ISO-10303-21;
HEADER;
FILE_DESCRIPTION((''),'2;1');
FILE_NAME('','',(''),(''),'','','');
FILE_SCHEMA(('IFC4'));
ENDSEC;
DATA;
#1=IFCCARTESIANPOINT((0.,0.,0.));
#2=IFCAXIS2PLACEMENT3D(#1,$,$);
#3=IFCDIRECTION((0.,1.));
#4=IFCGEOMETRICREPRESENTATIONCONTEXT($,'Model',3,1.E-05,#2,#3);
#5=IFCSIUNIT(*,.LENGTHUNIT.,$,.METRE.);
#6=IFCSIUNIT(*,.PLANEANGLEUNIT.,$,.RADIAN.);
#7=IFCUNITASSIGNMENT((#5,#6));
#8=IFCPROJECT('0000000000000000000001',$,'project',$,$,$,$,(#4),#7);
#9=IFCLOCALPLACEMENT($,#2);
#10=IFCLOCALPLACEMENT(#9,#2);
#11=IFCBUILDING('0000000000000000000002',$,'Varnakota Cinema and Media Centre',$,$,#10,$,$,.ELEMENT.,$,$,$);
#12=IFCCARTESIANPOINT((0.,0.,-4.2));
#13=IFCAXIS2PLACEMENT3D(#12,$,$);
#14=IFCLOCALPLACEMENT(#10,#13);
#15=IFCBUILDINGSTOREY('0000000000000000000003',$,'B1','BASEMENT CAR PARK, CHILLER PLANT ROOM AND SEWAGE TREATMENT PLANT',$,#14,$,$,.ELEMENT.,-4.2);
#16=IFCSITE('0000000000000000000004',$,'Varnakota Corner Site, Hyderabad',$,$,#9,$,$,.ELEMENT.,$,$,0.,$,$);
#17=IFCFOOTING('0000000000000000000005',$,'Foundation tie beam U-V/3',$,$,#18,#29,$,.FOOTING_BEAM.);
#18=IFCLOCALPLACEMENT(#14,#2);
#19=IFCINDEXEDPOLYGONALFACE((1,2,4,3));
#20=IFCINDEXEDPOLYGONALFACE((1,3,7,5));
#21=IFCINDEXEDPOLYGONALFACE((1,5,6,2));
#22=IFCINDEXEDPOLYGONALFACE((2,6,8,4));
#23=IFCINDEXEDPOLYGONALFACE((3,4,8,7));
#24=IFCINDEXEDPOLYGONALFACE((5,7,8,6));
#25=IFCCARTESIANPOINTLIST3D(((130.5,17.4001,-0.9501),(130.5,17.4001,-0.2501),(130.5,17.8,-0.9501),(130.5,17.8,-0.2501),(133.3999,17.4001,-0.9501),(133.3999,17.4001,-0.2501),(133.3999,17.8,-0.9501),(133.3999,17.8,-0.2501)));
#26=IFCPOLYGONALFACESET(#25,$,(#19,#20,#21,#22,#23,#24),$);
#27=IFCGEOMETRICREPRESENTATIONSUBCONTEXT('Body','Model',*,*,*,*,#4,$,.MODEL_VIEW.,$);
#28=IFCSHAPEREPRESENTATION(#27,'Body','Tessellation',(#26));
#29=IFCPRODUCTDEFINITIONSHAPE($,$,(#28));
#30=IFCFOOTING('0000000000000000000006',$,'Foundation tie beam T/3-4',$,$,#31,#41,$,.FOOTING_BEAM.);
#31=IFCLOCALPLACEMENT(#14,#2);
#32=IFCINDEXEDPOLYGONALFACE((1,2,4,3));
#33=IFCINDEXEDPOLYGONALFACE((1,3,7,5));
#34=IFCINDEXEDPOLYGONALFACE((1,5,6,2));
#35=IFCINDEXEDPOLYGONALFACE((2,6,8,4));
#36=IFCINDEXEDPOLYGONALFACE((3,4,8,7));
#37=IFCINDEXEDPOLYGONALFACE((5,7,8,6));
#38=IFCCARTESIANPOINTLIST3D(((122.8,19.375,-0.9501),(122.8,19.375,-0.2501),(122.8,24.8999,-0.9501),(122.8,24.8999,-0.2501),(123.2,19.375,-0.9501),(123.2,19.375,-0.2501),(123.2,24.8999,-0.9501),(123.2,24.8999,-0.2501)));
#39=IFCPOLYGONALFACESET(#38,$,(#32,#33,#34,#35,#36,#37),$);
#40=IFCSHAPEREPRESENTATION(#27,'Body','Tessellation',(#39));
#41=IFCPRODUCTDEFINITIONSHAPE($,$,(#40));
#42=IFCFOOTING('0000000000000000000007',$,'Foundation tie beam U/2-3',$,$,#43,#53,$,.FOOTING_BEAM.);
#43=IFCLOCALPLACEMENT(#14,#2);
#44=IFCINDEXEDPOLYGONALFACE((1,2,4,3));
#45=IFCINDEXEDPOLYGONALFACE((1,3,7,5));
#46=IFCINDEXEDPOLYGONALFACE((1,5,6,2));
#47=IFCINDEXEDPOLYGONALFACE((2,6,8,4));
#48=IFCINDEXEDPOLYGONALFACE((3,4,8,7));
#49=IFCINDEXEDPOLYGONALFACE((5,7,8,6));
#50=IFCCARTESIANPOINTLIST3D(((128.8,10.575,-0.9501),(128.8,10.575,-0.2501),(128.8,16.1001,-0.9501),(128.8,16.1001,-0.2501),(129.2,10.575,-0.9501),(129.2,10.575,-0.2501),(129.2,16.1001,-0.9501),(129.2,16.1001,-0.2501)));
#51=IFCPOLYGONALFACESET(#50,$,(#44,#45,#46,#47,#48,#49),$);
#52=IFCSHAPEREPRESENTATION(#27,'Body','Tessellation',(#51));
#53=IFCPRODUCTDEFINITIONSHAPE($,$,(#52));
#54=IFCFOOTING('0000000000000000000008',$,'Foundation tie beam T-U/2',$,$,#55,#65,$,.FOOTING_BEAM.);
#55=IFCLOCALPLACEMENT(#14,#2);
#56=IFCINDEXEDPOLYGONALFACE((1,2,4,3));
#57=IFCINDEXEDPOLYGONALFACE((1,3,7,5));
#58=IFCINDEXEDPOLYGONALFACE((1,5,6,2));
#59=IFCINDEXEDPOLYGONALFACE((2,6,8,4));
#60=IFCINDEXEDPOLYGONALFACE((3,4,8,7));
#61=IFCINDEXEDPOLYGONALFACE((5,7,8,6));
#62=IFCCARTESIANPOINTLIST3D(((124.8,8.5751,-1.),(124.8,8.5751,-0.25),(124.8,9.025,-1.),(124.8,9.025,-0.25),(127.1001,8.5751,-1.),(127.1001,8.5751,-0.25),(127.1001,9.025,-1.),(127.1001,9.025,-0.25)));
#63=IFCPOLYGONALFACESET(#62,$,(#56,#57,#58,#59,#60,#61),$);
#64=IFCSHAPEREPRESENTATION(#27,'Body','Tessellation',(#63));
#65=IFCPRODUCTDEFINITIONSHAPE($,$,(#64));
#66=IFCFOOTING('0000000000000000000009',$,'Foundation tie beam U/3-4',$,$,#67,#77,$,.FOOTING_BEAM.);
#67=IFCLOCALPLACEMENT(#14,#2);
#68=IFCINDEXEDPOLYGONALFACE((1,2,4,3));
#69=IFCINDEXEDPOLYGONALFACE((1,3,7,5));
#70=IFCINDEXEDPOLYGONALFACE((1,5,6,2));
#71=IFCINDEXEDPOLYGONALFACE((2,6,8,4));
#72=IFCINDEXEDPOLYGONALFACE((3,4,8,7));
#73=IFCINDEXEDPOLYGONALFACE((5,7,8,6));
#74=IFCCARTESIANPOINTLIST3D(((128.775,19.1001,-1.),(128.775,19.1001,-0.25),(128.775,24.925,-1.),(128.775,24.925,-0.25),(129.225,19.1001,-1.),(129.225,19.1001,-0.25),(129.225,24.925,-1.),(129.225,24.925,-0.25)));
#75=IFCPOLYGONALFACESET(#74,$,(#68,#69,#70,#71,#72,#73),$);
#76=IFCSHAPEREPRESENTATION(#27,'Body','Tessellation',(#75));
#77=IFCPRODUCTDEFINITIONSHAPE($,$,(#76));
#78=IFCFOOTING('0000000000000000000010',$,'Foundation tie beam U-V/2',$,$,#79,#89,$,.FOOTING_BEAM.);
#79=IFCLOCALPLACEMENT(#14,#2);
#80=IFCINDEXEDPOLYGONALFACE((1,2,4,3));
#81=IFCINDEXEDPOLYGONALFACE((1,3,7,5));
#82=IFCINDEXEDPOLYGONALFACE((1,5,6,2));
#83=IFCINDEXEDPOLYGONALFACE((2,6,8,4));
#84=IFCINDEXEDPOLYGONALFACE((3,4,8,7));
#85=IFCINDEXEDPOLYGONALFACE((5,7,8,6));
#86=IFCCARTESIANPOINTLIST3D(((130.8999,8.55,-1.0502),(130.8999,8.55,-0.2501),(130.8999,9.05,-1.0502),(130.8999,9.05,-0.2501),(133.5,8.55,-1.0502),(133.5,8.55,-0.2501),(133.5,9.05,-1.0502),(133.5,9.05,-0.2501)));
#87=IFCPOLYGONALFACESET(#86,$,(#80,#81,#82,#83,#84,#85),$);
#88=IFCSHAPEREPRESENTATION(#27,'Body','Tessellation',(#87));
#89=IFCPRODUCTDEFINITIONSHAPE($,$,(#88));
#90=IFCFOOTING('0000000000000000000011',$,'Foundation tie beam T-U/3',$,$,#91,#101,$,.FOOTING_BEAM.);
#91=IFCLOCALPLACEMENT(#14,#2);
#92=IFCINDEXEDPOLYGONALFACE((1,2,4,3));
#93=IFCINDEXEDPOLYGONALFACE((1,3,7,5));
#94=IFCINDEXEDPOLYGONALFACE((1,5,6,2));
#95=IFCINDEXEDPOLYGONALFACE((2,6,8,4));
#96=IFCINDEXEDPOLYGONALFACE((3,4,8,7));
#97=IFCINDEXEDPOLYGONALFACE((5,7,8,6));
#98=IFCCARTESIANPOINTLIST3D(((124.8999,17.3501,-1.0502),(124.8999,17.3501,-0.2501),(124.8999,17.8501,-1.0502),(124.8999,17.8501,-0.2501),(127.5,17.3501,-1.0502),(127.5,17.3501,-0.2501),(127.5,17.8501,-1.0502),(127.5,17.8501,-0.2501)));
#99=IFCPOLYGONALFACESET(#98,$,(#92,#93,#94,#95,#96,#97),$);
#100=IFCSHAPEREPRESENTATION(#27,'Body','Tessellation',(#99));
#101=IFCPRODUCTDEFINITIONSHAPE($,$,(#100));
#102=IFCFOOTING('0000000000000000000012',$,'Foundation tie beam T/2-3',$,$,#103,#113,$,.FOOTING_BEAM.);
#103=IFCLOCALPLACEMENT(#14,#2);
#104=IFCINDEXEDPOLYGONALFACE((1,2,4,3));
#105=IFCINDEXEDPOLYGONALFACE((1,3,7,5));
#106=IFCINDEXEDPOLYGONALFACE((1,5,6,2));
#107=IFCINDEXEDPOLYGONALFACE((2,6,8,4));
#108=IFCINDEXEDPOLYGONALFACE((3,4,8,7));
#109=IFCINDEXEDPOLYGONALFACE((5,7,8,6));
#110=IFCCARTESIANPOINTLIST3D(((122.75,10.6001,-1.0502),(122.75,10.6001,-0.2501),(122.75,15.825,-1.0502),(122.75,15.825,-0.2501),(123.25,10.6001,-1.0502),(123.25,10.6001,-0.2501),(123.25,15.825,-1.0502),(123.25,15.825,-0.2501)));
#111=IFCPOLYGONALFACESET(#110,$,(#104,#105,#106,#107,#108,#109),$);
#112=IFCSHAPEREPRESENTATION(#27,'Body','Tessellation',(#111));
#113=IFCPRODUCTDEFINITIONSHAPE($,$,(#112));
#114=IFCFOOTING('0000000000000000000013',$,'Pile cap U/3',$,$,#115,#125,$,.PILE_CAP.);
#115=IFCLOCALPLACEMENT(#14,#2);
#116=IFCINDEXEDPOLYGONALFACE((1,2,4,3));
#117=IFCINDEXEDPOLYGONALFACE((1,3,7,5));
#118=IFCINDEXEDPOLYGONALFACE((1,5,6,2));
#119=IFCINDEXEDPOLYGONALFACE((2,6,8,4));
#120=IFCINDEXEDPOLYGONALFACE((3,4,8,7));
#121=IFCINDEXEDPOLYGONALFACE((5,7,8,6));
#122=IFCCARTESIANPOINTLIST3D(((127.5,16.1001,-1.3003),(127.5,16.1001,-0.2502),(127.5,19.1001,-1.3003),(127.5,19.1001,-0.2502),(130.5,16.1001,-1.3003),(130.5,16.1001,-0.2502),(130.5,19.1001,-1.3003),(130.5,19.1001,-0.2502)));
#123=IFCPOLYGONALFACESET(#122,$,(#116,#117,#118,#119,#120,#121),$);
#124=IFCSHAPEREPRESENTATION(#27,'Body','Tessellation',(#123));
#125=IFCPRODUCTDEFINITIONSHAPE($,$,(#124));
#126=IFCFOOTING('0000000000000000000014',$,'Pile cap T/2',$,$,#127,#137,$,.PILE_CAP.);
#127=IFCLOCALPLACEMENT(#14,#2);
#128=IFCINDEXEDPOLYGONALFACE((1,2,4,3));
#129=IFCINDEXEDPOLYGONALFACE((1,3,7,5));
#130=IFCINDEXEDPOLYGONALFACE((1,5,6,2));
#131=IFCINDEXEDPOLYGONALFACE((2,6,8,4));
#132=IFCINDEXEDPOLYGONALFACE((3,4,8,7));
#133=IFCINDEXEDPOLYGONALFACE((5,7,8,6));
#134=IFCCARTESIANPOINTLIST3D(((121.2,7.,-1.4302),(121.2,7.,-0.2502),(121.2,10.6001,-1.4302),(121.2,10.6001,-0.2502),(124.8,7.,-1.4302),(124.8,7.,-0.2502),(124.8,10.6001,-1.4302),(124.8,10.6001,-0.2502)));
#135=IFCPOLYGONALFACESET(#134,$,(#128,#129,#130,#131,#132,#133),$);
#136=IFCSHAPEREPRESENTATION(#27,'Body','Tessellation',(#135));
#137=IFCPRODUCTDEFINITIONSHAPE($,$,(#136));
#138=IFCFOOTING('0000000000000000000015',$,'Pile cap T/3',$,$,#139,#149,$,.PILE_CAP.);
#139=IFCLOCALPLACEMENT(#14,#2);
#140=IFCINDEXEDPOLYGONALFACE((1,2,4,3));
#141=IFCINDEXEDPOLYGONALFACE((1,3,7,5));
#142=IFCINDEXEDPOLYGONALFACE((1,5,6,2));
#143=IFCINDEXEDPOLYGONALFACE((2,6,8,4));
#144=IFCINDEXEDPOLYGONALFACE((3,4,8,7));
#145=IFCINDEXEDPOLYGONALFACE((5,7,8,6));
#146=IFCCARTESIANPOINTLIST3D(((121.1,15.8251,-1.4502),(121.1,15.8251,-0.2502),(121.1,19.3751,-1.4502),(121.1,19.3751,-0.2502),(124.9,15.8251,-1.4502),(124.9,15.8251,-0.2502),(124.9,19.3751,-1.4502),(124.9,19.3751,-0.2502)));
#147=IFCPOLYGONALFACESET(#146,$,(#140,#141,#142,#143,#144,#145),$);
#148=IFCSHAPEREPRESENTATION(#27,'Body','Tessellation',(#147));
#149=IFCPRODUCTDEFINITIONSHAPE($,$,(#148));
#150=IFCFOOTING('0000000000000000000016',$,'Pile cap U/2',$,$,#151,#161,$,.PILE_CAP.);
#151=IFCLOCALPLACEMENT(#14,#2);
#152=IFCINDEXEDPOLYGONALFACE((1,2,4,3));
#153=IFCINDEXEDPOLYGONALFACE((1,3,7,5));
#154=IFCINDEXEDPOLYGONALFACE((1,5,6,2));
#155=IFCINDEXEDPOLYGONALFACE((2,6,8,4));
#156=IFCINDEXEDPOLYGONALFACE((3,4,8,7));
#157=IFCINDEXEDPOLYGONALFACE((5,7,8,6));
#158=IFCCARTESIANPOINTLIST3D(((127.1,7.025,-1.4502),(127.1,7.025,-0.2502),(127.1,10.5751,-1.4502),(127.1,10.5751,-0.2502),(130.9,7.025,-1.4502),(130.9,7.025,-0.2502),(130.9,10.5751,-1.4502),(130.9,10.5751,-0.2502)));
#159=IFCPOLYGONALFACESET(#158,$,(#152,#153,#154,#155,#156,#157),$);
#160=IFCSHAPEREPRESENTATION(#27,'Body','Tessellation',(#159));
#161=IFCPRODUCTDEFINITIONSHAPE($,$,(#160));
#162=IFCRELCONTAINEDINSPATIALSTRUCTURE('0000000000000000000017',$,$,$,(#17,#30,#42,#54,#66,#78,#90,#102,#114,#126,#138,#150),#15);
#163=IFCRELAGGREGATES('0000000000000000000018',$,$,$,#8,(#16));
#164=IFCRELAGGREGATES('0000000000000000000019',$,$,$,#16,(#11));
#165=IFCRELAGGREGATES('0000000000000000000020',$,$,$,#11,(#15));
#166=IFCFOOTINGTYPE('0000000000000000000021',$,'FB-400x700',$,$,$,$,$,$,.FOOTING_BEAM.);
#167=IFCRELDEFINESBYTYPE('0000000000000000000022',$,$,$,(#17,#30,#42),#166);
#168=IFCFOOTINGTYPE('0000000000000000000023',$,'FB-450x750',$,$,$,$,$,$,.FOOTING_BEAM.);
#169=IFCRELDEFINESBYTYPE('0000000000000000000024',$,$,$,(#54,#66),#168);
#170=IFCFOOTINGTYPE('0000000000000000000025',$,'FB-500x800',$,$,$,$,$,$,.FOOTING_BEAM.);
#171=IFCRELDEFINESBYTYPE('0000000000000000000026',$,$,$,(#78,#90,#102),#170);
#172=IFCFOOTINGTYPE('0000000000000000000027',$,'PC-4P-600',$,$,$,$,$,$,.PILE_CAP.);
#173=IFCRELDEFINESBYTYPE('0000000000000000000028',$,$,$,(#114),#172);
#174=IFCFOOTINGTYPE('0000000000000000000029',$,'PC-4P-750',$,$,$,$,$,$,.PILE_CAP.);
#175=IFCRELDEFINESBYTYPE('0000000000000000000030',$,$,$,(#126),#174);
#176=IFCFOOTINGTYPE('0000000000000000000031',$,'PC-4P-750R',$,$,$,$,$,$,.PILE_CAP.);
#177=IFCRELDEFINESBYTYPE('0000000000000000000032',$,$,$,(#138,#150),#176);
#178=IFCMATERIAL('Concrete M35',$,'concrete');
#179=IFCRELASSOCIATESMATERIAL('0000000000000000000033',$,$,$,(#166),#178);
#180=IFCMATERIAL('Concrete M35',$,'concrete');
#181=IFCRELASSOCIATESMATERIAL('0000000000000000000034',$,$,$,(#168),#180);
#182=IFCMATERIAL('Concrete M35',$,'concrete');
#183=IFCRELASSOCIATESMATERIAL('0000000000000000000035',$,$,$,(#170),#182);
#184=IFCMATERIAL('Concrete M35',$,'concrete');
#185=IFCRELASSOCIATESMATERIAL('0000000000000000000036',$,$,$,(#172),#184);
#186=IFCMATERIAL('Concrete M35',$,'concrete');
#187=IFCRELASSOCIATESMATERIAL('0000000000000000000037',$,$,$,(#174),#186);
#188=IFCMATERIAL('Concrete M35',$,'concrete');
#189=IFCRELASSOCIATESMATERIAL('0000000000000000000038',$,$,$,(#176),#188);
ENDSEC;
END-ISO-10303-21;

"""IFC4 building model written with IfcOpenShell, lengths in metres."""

from ifc_helpers import new_model, si_unit, direction, frame, origin, origin_2d, place, context, subcontext, project, spatial, rectangle, extrude, material, material_profile, profile_set, type_object, element, save


model = new_model("IFC4")

# Units and contexts
model_context = context("Model", 3, precision=1e-05, world=origin(), true_north=direction((0.0, 1.0)))
body_context = subcontext(model_context, "Body", "Model", "MODEL_VIEW")
ifc_project = project(units=[si_unit("LENGTHUNIT", "METRE"), si_unit("PLANEANGLEUNIT", "RADIAN")], contexts=[model_context])

# Site, building, storey
site_placement = place(None, origin())
site = spatial("IfcSite", under=ifc_project, at=site_placement, Name="Varnakota Corner Site, Hyderabad", CompositionType="ELEMENT", RefElevation=0.0)
building_placement = place(site_placement, origin())
building = spatial("IfcBuilding", under=site, at=building_placement, Name="Varnakota Cinema and Media Centre", CompositionType="ELEMENT")
storey_placement = place(building_placement, frame((0.0, 0.0, -4.2)))
storey = spatial("IfcBuildingStorey", under=building, at=storey_placement, Name="B1", Description="BASEMENT CAR PARK, CHILLER PLANT ROOM AND SEWAGE TREATMENT PLANT", CompositionType="ELEMENT", Elevation=-4.2)

# Footings
ifc_material_1 = material(Name="Concrete M35", Category="concrete")
ifc_material_profile_1 = material_profile(ifc_material_1, rectangle(XDim=0.3999, YDim=0.7, at=origin_2d()), Name="FB 400x700")
ifc_profile_set_1 = profile_set([ifc_material_profile_1], Name="Concrete M35")
footing_type_1 = type_object("IfcFootingType", Name="FB-400x700", PredefinedType="FOOTING_BEAM", material=ifc_profile_set_1)
footing_1_placement = place(storey_placement, frame((130.5, 17.6001, -0.6001), z_axis=(1.0, 0.0, 0.0), x_axis=(0.0, 1.0, 0.0)))
element("IfcFooting", 1, at=footing_1_placement, inside=storey, type_object=footing_type_1, Name="Foundation tie beam U-V/3", PredefinedType="FOOTING_BEAM", context=body_context, shape_type="SweptSolid", body=[
    extrude(rectangle(XDim=0.3999, YDim=0.7, at=origin_2d()), origin(), (0.0, 0.0, 1.0), 2.8999),
])
footing_2_placement = place(storey_placement, frame((123.0, 19.375, -0.6001), z_axis=(0.0, 1.0, 0.0), x_axis=(-1.0, 0.0, 0.0)))
element("IfcFooting", 2, at=footing_2_placement, inside=storey, type_object=footing_type_1, Name="Foundation tie beam T/3-4", PredefinedType="FOOTING_BEAM", context=body_context, shape_type="SweptSolid", body=[
    extrude(rectangle(XDim=0.3999, YDim=0.7, at=origin_2d()), origin(), (0.0, 0.0, 1.0), 5.5249),
])
footing_3_placement = place(storey_placement, frame((129.0, 10.575, -0.6001), z_axis=(0.0, 1.0, 0.0), x_axis=(-1.0, 0.0, 0.0)))
element("IfcFooting", 3, at=footing_3_placement, inside=storey, type_object=footing_type_1, Name="Foundation tie beam U/2-3", PredefinedType="FOOTING_BEAM", context=body_context, shape_type="SweptSolid", body=[
    extrude(rectangle(XDim=0.3999, YDim=0.7, at=origin_2d()), origin(), (0.0, 0.0, 1.0), 5.5251),
])
ifc_material_2 = material(Name="Concrete M35", Category="concrete")
ifc_material_profile_2 = material_profile(ifc_material_2, rectangle(XDim=0.45, YDim=0.75, at=origin_2d()), Name="FB 450x750")
ifc_profile_set_2 = profile_set([ifc_material_profile_2], Name="Concrete M35")
footing_type_2 = type_object("IfcFootingType", Name="FB-450x750", PredefinedType="FOOTING_BEAM", material=ifc_profile_set_2)
footing_4_placement = place(storey_placement, frame((124.8, 8.8, -0.625), z_axis=(1.0, 0.0, 0.0), x_axis=(0.0, 1.0, 0.0)))
element("IfcFooting", 4, at=footing_4_placement, inside=storey, type_object=footing_type_2, Name="Foundation tie beam T-U/2", PredefinedType="FOOTING_BEAM", context=body_context, shape_type="SweptSolid", body=[
    extrude(rectangle(XDim=0.45, YDim=0.75, at=origin_2d()), origin(), (0.0, 0.0, 1.0), 2.3),
])
footing_5_placement = place(storey_placement, frame((129.0, 19.1001, -0.625), z_axis=(0.0, 1.0, 0.0), x_axis=(-1.0, 0.0, 0.0)))
element("IfcFooting", 5, at=footing_5_placement, inside=storey, type_object=footing_type_2, Name="Foundation tie beam U/3-4", PredefinedType="FOOTING_BEAM", context=body_context, shape_type="SweptSolid", body=[
    extrude(rectangle(XDim=0.45, YDim=0.75, at=origin_2d()), origin(), (0.0, 0.0, 1.0), 5.825),
])
ifc_material_3 = material(Name="Concrete M35", Category="concrete")
ifc_material_profile_3 = material_profile(ifc_material_3, rectangle(XDim=0.5, YDim=0.8, at=origin_2d()), Name="FB 500x800")
ifc_profile_set_3 = profile_set([ifc_material_profile_3], Name="Concrete M35")
footing_type_3 = type_object("IfcFootingType", Name="FB-500x800", PredefinedType="FOOTING_BEAM", material=ifc_profile_set_3)
for number, where, z_axis, x_axis, name in (
    (6, (130.8999, 8.8, -0.6501), (1.0, 0.0, 0.0), (0.0, 1.0, 0.0), "Foundation tie beam U-V/2"),
    (7, (124.8999, 17.6001, -0.6501), (1.0, 0.0, 0.0), (0.0, 1.0, 0.0), "Foundation tie beam T-U/3"),
):
    element("IfcFooting", number, at=place(storey_placement, frame(where, z_axis=z_axis, x_axis=x_axis)), inside=storey, type_object=footing_type_3, Name=name, PredefinedType="FOOTING_BEAM", context=body_context, shape_type="SweptSolid", body=[
        extrude(rectangle(XDim=0.5, YDim=0.8, at=origin_2d()), origin(), (0.0, 0.0, 1.0), 2.6001),
    ])
footing_6_placement = place(storey_placement, frame((123.0, 10.6001, -0.6501), z_axis=(0.0, 1.0, 0.0), x_axis=(-1.0, 0.0, 0.0)))
element("IfcFooting", 8, at=footing_6_placement, inside=storey, type_object=footing_type_3, Name="Foundation tie beam T/2-3", PredefinedType="FOOTING_BEAM", context=body_context, shape_type="SweptSolid", body=[
    extrude(rectangle(XDim=0.5, YDim=0.8, at=origin_2d()), origin(), (0.0, 0.0, 1.0), 5.2249),
])
ifc_material_4 = material(Name="Concrete M35", Category="concrete")
footing_type_4 = type_object("IfcFootingType", Name="PC-4P-600", PredefinedType="PILE_CAP", material=ifc_material_4)
footing_7_placement = place(storey_placement, frame((129.0, 17.6001, -1.3003), z_axis=(0.0, 0.0, 1.0), x_axis=(1.0, 0.0, 0.0)))
element("IfcFooting", 9, at=footing_7_placement, inside=storey, type_object=footing_type_4, Name="Pile cap U/3", PredefinedType="PILE_CAP", context=body_context, shape_type="SweptSolid", body=[
    extrude(rectangle(XDim=3.0, YDim=3.0, at=origin_2d()), origin(), (0.0, 0.0, 1.0), 1.05),
])
ifc_material_5 = material(Name="Concrete M35", Category="concrete")
footing_type_5 = type_object("IfcFootingType", Name="PC-4P-750", PredefinedType="PILE_CAP", material=ifc_material_5)
footing_8_placement = place(storey_placement, frame((123.0, 8.8, -1.4302), z_axis=(0.0, 0.0, 1.0), x_axis=(1.0, 0.0, 0.0)))
element("IfcFooting", 10, at=footing_8_placement, inside=storey, type_object=footing_type_5, Name="Pile cap T/2", PredefinedType="PILE_CAP", context=body_context, shape_type="SweptSolid", body=[
    extrude(rectangle(XDim=3.6001, YDim=3.6001, at=origin_2d()), origin(), (0.0, 0.0, 1.0), 1.1799),
])
ifc_material_6 = material(Name="Concrete M35", Category="concrete")
footing_type_6 = type_object("IfcFootingType", Name="PC-4P-750R", PredefinedType="PILE_CAP", material=ifc_material_6)
for number, where, z_axis, x_axis, name in (
    (11, (123.0, 17.6001, -1.4502), (0.0, 0.0, 1.0), (1.0, 0.0, 0.0), "Pile cap T/3"),
    (12, (129.0, 8.8, -1.4502), (0.0, 0.0, 1.0), (1.0, 0.0, 0.0), "Pile cap U/2"),
):
    element("IfcFooting", number, at=place(storey_placement, frame(where, z_axis=z_axis, x_axis=x_axis)), inside=storey, type_object=footing_type_6, Name=name, PredefinedType="PILE_CAP", context=body_context, shape_type="SweptSolid", body=[
        extrude(rectangle(XDim=3.8, YDim=3.55, at=origin_2d()), origin(), (0.0, 0.0, 1.0), 1.2),
    ])

save(model, "model.ifc")
